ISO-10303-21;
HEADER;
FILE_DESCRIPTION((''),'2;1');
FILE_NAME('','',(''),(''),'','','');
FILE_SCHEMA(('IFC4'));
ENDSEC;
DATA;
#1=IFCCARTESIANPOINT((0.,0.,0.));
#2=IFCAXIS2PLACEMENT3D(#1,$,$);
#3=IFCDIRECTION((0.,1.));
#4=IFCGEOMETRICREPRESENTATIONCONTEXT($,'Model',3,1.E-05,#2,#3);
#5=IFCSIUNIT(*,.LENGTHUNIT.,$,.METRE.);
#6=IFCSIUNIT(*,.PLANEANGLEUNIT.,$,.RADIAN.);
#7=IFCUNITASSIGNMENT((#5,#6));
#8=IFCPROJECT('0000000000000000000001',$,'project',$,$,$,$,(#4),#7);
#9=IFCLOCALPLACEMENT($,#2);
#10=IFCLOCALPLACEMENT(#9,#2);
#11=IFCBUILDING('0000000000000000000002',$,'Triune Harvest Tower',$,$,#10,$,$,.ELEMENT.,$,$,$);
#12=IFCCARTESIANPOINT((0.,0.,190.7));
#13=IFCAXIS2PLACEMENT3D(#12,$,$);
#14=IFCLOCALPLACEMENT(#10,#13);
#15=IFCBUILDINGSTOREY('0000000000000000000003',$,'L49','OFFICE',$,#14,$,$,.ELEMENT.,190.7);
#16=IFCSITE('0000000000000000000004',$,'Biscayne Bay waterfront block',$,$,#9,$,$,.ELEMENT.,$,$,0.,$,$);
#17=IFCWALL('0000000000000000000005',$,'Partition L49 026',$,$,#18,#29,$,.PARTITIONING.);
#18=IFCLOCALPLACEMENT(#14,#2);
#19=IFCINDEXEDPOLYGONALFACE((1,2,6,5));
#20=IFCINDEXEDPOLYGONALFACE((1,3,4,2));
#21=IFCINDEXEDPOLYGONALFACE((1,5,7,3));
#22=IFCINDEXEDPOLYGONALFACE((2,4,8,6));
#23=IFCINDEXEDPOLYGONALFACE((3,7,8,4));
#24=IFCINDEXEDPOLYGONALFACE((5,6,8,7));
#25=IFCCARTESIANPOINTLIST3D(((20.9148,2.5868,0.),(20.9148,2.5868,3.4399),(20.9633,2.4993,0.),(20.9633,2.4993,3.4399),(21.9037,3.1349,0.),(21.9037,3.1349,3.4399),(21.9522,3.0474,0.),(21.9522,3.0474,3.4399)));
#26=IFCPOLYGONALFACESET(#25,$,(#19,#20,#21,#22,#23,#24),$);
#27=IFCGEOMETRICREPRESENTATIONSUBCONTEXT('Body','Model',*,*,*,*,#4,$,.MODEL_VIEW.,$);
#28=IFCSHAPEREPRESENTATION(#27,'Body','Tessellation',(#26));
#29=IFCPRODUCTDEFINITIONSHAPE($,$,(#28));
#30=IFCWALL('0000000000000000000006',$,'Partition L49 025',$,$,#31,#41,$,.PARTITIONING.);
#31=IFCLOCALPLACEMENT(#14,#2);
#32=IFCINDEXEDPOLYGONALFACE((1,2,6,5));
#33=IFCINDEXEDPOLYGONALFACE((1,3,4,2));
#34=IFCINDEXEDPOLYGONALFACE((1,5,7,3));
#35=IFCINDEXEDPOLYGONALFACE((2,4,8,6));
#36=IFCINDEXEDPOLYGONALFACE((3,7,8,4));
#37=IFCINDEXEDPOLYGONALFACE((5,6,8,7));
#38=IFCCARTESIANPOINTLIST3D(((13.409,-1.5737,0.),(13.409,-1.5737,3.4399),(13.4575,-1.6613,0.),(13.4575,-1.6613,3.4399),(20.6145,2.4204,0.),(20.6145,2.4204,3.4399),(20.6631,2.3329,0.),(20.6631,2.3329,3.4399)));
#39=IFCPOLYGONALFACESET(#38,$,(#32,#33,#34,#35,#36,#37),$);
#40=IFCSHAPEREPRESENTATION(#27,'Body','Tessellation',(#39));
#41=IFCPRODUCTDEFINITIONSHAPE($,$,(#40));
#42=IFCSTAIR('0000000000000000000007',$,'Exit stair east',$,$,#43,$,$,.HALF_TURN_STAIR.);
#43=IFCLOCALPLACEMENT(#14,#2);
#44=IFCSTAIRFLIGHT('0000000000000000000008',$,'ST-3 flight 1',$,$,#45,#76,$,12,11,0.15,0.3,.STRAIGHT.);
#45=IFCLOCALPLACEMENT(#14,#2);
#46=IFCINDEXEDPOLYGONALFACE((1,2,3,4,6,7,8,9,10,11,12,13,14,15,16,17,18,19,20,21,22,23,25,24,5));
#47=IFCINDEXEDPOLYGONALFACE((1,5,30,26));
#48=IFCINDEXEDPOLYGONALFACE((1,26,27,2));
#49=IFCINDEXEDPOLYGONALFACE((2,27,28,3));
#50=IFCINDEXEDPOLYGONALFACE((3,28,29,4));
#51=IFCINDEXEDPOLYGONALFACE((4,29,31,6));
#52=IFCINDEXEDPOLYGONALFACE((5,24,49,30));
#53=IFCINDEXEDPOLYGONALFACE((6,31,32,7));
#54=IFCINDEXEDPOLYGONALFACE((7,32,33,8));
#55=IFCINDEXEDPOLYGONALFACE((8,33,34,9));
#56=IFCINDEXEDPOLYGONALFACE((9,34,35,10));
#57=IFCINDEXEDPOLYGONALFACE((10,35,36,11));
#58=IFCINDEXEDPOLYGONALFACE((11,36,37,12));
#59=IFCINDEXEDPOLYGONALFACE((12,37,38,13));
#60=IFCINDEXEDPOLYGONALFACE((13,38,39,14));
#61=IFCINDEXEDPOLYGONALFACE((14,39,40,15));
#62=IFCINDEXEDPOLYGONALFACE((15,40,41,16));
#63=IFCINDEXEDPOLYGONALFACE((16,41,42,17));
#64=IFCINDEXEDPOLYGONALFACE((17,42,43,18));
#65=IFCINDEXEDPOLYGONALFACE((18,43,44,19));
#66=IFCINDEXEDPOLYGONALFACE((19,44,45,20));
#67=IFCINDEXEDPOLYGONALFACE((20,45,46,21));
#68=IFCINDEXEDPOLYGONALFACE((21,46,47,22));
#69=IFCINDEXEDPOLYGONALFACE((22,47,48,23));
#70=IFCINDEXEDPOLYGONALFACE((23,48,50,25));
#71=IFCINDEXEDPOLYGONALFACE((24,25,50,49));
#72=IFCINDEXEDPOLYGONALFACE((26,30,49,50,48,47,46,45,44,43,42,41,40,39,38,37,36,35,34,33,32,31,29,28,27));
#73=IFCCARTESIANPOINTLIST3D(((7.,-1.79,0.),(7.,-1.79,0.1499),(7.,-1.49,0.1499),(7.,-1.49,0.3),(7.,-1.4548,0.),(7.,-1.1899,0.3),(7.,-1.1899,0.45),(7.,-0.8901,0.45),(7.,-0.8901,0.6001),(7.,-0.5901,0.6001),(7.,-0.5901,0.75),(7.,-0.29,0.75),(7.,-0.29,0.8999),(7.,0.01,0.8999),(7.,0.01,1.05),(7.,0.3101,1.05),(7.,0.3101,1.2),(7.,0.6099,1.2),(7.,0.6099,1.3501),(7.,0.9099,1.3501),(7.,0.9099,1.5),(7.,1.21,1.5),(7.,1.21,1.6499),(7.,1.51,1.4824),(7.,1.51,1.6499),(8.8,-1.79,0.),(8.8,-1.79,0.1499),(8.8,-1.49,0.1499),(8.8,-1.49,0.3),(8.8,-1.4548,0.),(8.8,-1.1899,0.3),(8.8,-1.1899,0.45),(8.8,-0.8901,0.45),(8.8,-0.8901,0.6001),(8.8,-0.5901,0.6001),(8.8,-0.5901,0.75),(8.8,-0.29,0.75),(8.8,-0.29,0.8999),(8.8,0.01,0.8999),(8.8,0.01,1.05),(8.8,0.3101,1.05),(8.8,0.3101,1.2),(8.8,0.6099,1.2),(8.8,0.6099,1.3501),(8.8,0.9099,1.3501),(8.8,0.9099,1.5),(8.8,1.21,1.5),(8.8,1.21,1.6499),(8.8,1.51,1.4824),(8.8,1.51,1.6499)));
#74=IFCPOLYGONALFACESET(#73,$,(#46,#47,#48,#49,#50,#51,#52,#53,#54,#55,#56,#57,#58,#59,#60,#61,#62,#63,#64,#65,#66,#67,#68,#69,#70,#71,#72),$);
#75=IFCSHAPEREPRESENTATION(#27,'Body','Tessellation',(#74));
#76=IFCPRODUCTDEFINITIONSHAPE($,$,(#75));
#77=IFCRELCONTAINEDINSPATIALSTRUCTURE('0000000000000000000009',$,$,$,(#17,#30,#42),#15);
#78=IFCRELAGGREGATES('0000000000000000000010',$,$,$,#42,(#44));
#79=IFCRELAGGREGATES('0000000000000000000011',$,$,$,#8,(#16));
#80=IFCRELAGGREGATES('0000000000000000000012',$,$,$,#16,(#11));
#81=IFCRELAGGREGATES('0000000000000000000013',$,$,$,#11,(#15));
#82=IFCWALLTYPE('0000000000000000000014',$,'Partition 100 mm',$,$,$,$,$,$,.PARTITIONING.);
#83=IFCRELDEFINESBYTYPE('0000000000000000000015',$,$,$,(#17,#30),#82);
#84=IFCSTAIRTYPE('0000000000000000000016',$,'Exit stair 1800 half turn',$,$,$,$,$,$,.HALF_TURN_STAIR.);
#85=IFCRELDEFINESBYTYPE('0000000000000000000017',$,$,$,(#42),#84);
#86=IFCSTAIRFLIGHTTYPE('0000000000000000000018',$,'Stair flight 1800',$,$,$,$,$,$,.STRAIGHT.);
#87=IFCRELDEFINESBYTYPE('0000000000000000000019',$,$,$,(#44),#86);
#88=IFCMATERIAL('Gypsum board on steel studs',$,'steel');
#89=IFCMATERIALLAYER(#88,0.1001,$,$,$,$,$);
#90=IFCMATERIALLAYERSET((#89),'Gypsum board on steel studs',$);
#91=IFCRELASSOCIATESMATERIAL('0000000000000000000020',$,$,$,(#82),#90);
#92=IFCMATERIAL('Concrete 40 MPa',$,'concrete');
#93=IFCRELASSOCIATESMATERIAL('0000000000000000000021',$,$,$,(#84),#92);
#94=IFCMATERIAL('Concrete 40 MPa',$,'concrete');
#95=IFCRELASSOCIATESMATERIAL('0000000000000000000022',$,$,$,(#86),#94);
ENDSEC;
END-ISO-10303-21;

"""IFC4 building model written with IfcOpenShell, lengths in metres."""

from ifc_helpers import new_model, si_unit, direction, frame, frame_2d, origin, place, context, subcontext, project, spatial, polyline, rectangle, outline, extrude, source, transform, mapped, material, layer, layer_set, type_object, element, aggregate, save


model = new_model("IFC4")

# Units and contexts
model_context = context("Model", 3, precision=1e-05, world=origin(), true_north=direction((0.0, 1.0)))
body_context = subcontext(model_context, "Body", "Model", "MODEL_VIEW")
ifc_project = project(units=[si_unit("LENGTHUNIT", "METRE"), si_unit("PLANEANGLEUNIT", "RADIAN")], contexts=[model_context])

# Site, building, storey
site_placement = place(None, origin())
site = spatial("IfcSite", under=ifc_project, at=site_placement, Name="Biscayne Bay waterfront block", CompositionType="ELEMENT", RefElevation=0.0)
building_placement = place(site_placement, origin())
building = spatial("IfcBuilding", under=site, at=building_placement, Name="Triune Harvest Tower", CompositionType="ELEMENT")
storey_placement = place(building_placement, frame((0.0, 0.0, 190.7)))
storey = spatial("IfcBuildingStorey", under=building, at=storey_placement, Name="L49", Description="OFFICE", CompositionType="ELEMENT", Elevation=190.7)

# Walls
ifc_material_1 = material(Name="Gypsum board on steel studs", Category="steel")
ifc_layer_1 = layer(ifc_material_1, 0.1001)
ifc_layer_set_1 = layer_set([ifc_layer_1], Name="Gypsum board on steel studs")
wall_type_1 = type_object("IfcWallType", Name="Partition 100 mm", PredefinedType="PARTITIONING", material=ifc_layer_set_1)
shared_shape_1 = source(origin(), body_context, "Body", "SweptSolid", [
    extrude(rectangle(XDim=1.1306, YDim=0.1001, at=frame_2d((0.5654, 0.0))), origin(), (0.0, 0.0, 1.0), 3.4399),
])
wall_1_placement = place(storey_placement, frame((20.939, 2.543, 0.0), z_axis=(0.0, 0.0, 1.0), x_axis=(0.874615, 0.484818, 0.0)))
element("IfcWall", 1, at=wall_1_placement, inside=storey, type_object=wall_type_1, Name="Partition L49 026", PredefinedType="PARTITIONING", context=body_context, shape_type="MappedRepresentation", body=[
    mapped(shared_shape_1, transform((0.0, 0.0, 0.0), scale=1.0)),
])
shared_shape_2 = source(origin(), body_context, "Body", "SweptSolid", [
    extrude(rectangle(XDim=8.2385, YDim=0.1001, at=frame_2d((4.1191, 0.0))), origin(), (0.0, 0.0, 1.0), 3.4399),
])
wall_2_placement = place(storey_placement, frame((13.4333, -1.6174, 0.0), z_axis=(0.0, 0.0, 1.0), x_axis=(0.874618, 0.484812, 0.0)))
element("IfcWall", 2, at=wall_2_placement, inside=storey, type_object=wall_type_1, Name="Partition L49 025", PredefinedType="PARTITIONING", context=body_context, shape_type="MappedRepresentation", body=[
    mapped(shared_shape_2, transform((0.0, 0.0, 0.0), scale=1.0)),
])

# Stair, stair flight
ifc_material_2 = material(Name="Concrete 40 MPa", Category="concrete")
stair_type = type_object("IfcStairType", Name="Exit stair 1800 half turn", PredefinedType="HALF_TURN_STAIR", material=ifc_material_2)
stair_placement = place(storey_placement, origin())
stair = element("IfcStair", 3, at=stair_placement, inside=storey, type_object=stair_type, Name="Exit stair east", PredefinedType="HALF_TURN_STAIR")
ifc_material_3 = material(Name="Concrete 40 MPa", Category="concrete")
stair_flight_type = type_object("IfcStairFlightType", Name="Stair flight 1800", PredefinedType="STRAIGHT", material=ifc_material_3)
shared_shape_3 = source(origin(), body_context, "Body", "SweptSolid", [
    extrude(outline(polyline([(0.0, 0.0), (0.0, 0.1499), (0.3, 0.1499), (0.3, 0.3), (0.6001, 0.3), (0.6001, 0.45), (0.8999, 0.45), (0.8999, 0.6001), (1.2, 0.6001), (1.2, 0.75), (1.5, 0.75), (1.5, 0.8999), (1.8, 0.8999), (1.8, 1.05), (2.1001, 1.05), (2.1001, 1.2), (2.3999, 1.2), (2.3999, 1.3501), (2.7, 1.3501), (2.7, 1.5), (3.0, 1.5), (3.0, 1.6499), (3.3, 1.6499), (3.3, 1.8), (3.3, 1.4824), (0.3352, 0.0), (0.0, 0.0)])), frame((0.0, 0.8999, 0.0), z_axis=(0.0, -1.0, 0.0), x_axis=(1.0, 0.0, 0.0)), (0.0, 0.0, 1.0), 1.8),
])
stair_flight_placement = place(storey_placement, frame((7.8999, -1.79, 0.0), z_axis=(0.0, 0.0, 1.0), x_axis=(0.0, 1.0, 0.0)))
stair_flight = element("IfcStairFlight", 4, at=stair_flight_placement, type_object=stair_flight_type, Name="ST-3 flight 1", NumberOfRisers=12, NumberOfTreads=11, PredefinedType="STRAIGHT", RiserHeight=0.15, TreadLength=0.3, context=body_context, shape_type="MappedRepresentation", body=[
    mapped(shared_shape_3, transform((0.0, 0.0, 0.0), scale=1.0)),
])
aggregate(stair, [stair_flight])

save(model, "model.ifc")
